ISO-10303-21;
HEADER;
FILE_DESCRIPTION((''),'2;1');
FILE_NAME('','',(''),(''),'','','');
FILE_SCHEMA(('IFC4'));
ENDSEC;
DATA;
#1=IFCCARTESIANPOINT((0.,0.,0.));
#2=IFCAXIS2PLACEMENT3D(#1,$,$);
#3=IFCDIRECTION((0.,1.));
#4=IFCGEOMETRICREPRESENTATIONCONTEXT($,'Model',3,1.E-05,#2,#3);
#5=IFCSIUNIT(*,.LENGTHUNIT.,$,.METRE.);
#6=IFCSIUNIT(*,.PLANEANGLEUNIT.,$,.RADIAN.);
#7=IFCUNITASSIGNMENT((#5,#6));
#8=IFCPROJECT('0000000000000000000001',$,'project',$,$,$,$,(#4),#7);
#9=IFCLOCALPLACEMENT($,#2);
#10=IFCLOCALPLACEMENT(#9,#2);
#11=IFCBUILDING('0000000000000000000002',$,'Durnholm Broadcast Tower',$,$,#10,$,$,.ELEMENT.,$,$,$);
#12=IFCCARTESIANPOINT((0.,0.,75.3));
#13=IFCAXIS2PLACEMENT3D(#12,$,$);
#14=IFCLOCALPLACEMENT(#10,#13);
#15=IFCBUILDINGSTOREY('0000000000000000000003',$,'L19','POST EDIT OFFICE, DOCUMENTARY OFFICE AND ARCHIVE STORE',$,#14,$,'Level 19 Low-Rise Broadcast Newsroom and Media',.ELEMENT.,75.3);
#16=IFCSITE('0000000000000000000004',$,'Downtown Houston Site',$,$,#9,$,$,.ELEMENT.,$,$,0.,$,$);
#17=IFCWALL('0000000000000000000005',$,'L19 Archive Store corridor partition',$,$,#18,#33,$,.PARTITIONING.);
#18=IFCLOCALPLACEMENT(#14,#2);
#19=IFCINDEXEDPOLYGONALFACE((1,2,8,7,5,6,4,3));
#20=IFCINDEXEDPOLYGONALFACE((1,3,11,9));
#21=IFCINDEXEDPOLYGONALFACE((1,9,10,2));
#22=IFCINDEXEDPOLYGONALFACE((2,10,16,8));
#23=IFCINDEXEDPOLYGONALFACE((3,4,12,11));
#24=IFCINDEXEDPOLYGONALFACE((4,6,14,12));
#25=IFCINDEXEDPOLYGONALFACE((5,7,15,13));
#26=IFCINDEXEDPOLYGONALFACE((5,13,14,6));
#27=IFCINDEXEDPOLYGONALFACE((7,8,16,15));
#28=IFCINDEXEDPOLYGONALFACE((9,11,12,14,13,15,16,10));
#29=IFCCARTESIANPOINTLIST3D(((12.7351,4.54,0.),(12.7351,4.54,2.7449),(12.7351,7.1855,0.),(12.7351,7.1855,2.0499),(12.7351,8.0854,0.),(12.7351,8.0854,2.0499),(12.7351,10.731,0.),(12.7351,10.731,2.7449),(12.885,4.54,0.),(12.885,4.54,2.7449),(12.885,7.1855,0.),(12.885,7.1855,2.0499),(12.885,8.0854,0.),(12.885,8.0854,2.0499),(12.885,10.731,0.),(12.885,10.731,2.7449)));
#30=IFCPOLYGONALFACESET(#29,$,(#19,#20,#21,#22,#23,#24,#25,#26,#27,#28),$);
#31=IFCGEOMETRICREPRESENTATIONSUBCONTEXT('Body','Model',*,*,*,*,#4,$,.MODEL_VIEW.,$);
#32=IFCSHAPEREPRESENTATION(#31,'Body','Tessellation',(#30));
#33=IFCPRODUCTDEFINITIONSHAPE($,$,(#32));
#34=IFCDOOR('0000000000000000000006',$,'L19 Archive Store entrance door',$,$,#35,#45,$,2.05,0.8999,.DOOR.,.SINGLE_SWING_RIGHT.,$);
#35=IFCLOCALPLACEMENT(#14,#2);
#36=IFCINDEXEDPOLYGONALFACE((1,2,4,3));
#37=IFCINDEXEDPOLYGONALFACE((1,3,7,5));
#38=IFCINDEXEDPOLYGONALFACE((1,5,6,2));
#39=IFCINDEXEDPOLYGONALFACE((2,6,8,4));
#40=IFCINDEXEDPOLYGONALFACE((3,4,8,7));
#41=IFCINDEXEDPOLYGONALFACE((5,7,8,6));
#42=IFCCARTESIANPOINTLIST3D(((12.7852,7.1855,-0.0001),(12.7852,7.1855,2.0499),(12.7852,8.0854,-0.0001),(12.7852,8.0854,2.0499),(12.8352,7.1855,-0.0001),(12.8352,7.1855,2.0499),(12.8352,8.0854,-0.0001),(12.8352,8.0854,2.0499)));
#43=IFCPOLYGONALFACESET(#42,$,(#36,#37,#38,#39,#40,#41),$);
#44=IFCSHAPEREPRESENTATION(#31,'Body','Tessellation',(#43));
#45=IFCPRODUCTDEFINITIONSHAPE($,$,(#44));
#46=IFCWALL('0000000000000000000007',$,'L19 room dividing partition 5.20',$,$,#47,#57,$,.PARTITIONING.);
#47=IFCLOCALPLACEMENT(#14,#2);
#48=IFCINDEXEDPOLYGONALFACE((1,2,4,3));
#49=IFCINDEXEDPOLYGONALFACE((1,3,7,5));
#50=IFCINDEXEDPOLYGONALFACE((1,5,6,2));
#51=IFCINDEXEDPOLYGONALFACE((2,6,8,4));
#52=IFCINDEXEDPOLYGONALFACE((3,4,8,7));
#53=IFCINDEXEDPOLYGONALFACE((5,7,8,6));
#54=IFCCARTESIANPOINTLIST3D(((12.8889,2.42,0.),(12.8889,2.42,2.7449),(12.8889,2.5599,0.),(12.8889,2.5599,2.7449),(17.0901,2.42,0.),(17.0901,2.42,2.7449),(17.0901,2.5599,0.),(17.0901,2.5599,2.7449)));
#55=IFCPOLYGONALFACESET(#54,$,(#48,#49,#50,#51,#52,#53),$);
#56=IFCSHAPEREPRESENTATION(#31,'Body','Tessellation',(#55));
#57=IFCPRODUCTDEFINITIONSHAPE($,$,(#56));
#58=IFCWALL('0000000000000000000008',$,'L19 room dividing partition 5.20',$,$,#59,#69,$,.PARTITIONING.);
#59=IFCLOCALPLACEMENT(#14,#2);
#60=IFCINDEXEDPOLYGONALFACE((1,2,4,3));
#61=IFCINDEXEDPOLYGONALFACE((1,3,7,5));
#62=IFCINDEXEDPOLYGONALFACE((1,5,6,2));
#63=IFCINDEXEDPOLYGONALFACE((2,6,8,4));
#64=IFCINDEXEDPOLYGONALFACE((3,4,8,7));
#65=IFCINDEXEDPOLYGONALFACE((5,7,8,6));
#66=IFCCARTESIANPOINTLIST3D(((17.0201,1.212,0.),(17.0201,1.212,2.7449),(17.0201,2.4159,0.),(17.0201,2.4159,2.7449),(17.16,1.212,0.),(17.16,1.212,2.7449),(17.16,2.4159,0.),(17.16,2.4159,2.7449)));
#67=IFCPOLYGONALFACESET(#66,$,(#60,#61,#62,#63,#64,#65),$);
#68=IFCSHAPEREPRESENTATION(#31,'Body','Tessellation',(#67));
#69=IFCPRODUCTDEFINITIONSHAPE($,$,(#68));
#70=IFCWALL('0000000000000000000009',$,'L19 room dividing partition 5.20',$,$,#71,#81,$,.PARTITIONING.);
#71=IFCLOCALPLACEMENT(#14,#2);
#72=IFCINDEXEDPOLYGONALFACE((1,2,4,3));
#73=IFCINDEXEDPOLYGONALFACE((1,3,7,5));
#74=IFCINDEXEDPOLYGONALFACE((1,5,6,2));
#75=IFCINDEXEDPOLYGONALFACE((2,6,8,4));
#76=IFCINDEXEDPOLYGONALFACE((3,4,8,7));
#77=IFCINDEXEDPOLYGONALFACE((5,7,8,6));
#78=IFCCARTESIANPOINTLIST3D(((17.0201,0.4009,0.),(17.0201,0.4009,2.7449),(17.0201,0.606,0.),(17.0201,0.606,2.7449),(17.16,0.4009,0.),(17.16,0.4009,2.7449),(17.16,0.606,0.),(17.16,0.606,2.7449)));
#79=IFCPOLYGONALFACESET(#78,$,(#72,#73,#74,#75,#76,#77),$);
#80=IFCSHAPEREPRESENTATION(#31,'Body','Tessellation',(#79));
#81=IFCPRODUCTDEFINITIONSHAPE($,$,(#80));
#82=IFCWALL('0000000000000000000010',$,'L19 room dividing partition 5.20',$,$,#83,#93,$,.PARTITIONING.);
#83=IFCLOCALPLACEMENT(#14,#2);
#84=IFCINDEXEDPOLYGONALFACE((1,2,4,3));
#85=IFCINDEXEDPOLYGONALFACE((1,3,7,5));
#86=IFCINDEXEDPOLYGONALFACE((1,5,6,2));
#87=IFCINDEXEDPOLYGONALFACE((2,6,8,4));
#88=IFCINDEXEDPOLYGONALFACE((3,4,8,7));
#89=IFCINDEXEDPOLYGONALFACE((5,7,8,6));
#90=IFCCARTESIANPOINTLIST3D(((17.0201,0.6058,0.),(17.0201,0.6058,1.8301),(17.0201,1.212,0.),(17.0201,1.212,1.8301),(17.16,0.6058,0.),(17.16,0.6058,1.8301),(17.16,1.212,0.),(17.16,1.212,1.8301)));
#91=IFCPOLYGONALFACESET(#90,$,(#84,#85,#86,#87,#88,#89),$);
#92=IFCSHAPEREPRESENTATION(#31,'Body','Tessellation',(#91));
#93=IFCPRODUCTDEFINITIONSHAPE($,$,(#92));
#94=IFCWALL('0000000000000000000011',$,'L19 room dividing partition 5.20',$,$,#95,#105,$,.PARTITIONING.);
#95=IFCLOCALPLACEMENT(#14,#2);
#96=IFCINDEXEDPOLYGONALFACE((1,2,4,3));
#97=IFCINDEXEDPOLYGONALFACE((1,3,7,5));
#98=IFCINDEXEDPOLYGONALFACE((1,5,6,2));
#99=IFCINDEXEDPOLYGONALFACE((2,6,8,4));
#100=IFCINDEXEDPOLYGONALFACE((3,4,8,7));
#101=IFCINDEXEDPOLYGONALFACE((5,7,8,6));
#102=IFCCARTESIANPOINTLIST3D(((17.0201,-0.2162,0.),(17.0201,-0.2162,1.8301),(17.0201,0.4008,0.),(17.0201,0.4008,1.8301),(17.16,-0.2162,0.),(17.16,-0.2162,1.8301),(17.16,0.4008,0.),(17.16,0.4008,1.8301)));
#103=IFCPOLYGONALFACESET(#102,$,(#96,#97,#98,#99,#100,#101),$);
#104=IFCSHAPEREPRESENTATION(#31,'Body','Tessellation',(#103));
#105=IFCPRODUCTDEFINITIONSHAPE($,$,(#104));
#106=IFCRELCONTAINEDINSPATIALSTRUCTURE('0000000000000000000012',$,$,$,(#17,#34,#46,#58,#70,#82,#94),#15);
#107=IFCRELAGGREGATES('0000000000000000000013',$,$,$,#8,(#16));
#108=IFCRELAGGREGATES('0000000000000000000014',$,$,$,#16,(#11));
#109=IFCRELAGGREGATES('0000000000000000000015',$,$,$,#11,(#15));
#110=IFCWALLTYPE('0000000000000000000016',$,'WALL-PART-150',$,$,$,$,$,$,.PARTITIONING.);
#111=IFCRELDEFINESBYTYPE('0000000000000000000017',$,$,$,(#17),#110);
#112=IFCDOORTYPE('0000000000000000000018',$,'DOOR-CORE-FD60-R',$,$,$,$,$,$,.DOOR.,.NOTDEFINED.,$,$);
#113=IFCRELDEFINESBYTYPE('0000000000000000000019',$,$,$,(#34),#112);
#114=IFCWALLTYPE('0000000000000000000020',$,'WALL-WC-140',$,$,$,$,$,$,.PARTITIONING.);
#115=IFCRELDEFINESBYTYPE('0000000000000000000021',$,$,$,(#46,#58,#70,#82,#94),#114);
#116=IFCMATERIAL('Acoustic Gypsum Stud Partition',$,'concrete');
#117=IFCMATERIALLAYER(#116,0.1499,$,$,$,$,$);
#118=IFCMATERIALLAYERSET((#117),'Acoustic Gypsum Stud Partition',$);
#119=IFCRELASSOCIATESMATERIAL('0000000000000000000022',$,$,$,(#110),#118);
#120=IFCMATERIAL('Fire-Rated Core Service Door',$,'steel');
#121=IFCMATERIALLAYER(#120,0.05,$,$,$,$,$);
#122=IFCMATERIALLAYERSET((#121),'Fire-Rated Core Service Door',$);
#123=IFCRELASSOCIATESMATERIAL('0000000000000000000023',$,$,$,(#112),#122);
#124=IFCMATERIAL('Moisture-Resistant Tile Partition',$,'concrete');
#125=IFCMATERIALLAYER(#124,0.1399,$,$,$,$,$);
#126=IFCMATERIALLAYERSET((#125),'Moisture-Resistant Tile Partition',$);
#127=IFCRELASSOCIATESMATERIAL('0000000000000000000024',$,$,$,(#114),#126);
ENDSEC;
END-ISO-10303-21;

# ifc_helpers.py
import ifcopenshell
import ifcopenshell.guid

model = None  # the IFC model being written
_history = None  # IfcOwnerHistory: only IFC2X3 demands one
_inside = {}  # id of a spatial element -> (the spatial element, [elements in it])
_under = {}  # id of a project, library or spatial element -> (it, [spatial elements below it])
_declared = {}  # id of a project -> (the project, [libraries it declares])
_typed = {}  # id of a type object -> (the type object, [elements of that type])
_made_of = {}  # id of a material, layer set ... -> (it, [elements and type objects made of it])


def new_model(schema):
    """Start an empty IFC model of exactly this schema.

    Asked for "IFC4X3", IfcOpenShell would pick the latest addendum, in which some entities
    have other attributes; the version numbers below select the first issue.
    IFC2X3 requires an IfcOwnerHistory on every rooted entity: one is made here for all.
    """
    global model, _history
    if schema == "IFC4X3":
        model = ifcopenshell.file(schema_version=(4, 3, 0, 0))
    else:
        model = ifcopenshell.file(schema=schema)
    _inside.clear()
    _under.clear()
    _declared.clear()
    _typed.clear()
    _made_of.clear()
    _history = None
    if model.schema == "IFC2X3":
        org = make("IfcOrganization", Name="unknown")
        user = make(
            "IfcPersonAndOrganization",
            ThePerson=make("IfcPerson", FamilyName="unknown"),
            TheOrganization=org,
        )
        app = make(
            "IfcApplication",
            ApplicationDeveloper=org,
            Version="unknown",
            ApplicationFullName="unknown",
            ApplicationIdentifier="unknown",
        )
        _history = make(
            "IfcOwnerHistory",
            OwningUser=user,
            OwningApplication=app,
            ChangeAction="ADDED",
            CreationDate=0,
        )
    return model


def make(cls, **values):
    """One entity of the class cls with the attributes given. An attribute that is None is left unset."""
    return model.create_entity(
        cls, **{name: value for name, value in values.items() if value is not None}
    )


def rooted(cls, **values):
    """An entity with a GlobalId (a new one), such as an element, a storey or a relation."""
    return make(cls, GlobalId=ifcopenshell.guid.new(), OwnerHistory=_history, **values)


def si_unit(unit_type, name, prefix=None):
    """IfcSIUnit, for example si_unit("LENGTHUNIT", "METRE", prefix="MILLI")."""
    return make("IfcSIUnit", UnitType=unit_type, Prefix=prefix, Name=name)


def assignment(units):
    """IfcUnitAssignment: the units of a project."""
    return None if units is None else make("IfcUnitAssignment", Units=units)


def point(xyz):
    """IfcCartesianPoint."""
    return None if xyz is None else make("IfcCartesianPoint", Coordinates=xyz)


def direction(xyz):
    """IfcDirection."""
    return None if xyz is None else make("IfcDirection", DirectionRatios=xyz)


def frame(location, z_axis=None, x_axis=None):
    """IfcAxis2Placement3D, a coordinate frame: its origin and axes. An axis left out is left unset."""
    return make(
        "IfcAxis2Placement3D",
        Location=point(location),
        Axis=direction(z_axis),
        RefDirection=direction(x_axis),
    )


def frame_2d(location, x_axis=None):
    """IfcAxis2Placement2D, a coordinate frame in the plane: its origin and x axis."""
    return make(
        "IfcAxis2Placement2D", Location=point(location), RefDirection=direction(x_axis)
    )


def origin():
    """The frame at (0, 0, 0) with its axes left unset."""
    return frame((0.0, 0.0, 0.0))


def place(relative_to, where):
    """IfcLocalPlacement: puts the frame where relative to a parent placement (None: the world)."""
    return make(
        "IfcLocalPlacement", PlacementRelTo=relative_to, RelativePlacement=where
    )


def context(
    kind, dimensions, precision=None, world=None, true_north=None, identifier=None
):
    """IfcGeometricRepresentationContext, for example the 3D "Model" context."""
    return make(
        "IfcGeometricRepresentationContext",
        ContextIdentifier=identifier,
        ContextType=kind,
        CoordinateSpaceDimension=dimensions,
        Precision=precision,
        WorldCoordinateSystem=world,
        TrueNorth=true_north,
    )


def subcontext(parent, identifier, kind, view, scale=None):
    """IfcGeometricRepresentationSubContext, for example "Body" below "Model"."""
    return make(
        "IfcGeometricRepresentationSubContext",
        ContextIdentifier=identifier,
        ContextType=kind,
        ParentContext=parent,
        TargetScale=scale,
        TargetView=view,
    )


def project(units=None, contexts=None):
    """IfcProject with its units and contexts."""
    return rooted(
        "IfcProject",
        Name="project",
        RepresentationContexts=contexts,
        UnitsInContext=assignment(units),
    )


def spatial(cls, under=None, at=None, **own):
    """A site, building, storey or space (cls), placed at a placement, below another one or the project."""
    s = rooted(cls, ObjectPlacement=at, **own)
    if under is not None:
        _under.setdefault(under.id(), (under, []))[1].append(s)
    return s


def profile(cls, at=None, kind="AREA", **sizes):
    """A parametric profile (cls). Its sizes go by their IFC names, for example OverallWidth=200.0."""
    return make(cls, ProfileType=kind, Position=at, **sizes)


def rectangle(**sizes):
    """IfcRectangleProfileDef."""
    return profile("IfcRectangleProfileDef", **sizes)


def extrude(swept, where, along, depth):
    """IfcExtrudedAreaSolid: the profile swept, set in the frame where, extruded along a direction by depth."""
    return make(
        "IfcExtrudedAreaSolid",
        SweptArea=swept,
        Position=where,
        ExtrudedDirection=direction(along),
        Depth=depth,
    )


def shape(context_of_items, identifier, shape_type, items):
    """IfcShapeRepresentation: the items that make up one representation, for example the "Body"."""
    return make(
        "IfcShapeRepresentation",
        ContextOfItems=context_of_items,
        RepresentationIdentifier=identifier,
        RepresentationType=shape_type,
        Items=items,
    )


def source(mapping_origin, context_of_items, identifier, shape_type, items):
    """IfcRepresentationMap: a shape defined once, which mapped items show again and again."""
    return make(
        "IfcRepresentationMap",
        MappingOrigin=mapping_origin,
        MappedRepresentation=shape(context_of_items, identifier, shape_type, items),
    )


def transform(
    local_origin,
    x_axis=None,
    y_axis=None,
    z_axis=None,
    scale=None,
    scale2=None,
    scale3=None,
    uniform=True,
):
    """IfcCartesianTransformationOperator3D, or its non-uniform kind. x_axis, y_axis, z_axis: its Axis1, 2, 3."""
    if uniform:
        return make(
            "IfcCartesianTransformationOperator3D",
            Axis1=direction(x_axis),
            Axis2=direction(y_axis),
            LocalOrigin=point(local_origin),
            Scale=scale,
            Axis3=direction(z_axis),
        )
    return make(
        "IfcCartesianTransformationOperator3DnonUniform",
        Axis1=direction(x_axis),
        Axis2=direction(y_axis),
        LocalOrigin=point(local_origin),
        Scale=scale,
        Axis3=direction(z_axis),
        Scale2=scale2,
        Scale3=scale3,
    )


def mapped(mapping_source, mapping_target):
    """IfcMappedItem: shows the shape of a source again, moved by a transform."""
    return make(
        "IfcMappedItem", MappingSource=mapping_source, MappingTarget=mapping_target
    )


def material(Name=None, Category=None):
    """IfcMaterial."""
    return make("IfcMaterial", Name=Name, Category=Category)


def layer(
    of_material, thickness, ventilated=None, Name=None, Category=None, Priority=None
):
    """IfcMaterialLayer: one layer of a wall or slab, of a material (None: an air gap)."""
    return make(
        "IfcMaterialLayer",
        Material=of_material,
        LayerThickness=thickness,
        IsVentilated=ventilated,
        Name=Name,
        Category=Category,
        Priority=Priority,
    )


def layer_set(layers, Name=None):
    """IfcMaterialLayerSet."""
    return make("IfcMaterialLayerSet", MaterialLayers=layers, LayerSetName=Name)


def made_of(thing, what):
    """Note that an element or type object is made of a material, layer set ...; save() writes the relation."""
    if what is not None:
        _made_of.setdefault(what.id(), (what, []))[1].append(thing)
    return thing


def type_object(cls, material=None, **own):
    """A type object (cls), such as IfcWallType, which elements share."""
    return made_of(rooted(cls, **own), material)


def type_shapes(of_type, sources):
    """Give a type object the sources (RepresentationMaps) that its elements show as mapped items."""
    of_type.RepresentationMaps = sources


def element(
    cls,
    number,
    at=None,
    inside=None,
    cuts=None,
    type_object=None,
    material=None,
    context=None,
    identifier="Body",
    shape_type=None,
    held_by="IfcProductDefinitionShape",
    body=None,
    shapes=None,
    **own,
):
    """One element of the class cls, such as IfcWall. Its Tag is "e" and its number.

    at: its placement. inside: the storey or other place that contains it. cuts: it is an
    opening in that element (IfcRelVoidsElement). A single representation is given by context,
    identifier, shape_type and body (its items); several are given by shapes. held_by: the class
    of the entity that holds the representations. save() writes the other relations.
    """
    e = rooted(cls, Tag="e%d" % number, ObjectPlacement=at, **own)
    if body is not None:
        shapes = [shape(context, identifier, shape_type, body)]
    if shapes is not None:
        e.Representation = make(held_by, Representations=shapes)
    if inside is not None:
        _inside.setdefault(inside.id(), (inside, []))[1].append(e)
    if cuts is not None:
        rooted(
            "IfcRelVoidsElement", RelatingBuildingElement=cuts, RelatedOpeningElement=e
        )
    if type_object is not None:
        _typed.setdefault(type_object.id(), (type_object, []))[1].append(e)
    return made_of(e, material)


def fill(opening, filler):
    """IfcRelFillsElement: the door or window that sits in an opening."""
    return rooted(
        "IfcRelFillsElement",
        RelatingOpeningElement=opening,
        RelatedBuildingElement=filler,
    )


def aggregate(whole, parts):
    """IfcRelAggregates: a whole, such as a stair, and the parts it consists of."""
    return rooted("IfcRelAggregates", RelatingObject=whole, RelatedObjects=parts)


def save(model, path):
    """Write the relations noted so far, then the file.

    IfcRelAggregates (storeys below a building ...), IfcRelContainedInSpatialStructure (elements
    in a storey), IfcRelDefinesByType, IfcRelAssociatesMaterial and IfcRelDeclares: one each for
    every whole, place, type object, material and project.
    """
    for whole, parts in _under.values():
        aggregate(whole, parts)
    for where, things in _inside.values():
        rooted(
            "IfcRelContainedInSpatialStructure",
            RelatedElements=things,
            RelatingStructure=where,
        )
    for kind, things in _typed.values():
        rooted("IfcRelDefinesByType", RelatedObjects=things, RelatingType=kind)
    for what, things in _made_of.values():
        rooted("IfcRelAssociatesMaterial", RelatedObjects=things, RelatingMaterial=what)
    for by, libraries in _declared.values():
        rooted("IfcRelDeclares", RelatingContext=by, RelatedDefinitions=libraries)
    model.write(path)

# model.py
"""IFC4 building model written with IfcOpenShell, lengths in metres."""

from ifc_helpers import new_model, si_unit, direction, frame, frame_2d, origin, place, context, subcontext, project, spatial, rectangle, extrude, source, transform, mapped, material, layer, layer_set, type_object, type_shapes, element, fill, save


model = new_model("IFC4")

# Units and contexts
model_context = context("Model", 3, precision=1e-05, world=origin(), true_north=direction((0.0, 1.0)))
body_context = subcontext(model_context, "Body", "Model", "MODEL_VIEW")
ifc_project = project(units=[si_unit("LENGTHUNIT", "METRE"), si_unit("PLANEANGLEUNIT", "RADIAN")], contexts=[model_context])

# Site, building, storey
site_placement = place(None, origin())
site = spatial("IfcSite", under=ifc_project, at=site_placement, Name="Downtown Houston Site", CompositionType="ELEMENT", RefElevation=0.0)
building_placement = place(site_placement, origin())
building = spatial("IfcBuilding", under=site, at=building_placement, Name="Durnholm Broadcast Tower", CompositionType="ELEMENT")
storey_placement = place(building_placement, frame((0.0, 0.0, 75.3)))
storey = spatial("IfcBuildingStorey", under=building, at=storey_placement, Name="L19", Description="POST EDIT OFFICE, DOCUMENTARY OFFICE AND ARCHIVE STORE", LongName="Level 19 Low-Rise Broadcast Newsroom and Media", CompositionType="ELEMENT", Elevation=75.3)

# Shared definitions
ifc_material_1 = material(Name="Acoustic Gypsum Stud Partition", Category="concrete")
ifc_layer_1 = layer(ifc_material_1, 0.1499)
ifc_layer_set_1 = layer_set([ifc_layer_1], Name="Acoustic Gypsum Stud Partition")
wall_type_1 = type_object("IfcWallType", Name="WALL-PART-150", PredefinedType="PARTITIONING", material=ifc_layer_set_1)

# Wall, opening, door
wall_1_placement = place(storey_placement, frame((12.8101, 4.54, 0.0), z_axis=(0.0, 0.0, 1.0), x_axis=(0.0, 1.0, 0.0)))
wall_1 = element("IfcWall", 1, at=wall_1_placement, inside=storey, type_object=wall_type_1, Name="L19 Archive Store corridor partition", PredefinedType="PARTITIONING", context=body_context, shape_type="SweptSolid", body=[
    extrude(rectangle(XDim=6.1909, YDim=0.1499, at=frame_2d((3.0955, 0.0))), origin(), (0.0, 0.0, 1.0), 2.7449),
])
opening_1_placement = place(wall_1_placement, frame((2.6455, 0.0, 0.0)))
opening_1 = element("IfcOpeningElement", 2, at=opening_1_placement, cuts=wall_1, PredefinedType="OPENING", context=body_context, shape_type="SweptSolid", body=[
    extrude(rectangle(XDim=0.8999, YDim=2.05, at=frame_2d((0.45, 1.0249))), frame((0.0, 0.085, 0.0), z_axis=(0.0, -1.0, 0.0), x_axis=(1.0, 0.0, 0.0)), (0.0, 0.0, 1.0), 0.1699),
])
ifc_material_2 = material(Name="Fire-Rated Core Service Door", Category="steel")
ifc_layer_2 = layer(ifc_material_2, 0.05)
ifc_layer_set_2 = layer_set([ifc_layer_2], Name="Fire-Rated Core Service Door")
door_type_1 = type_object("IfcDoorType", Name="DOOR-CORE-FD60-R", OperationType="NOTDEFINED", PredefinedType="DOOR", material=ifc_layer_set_2)
shared_shape_1 = source(origin(), body_context, "Body", "SweptSolid", [
    extrude(rectangle(XDim=0.8999, YDim=2.05, at=frame_2d((0.45, 1.0249))), frame((0.0, 0.0249, 0.0), z_axis=(0.0, -1.0, 0.0), x_axis=(1.0, 0.0, 0.0)), (0.0, 0.0, 1.0), 0.05),
])
type_shapes(door_type_1, [shared_shape_1])
door_1_placement = place(opening_1_placement, origin())
door_1 = element("IfcDoor", 3, at=door_1_placement, inside=storey, type_object=door_type_1, Name="L19 Archive Store entrance door", OperationType="SINGLE_SWING_RIGHT", OverallHeight=2.05, OverallWidth=0.8999, PredefinedType="DOOR", context=body_context, shape_type="MappedRepresentation", body=[
    mapped(shared_shape_1, transform((0.0, 0.0, 0.0), x_axis=(1.0, 0.0, 0.0), y_axis=(0.0, 1.0, 0.0), z_axis=(0.0, 0.0, 1.0), scale=1.0)),
])
fill(opening_1, door_1)

# Walls
ifc_material_3 = material(Name="Moisture-Resistant Tile Partition", Category="concrete")
ifc_layer_3 = layer(ifc_material_3, 0.1399)
ifc_layer_set_3 = layer_set([ifc_layer_3], Name="Moisture-Resistant Tile Partition")
wall_type_2 = type_object("IfcWallType", Name="WALL-WC-140", PredefinedType="PARTITIONING", material=ifc_layer_set_3)
wall_2_placement = place(storey_placement, frame((12.8889, 2.49, 0.0), z_axis=(0.0, 0.0, 1.0), x_axis=(1.0, 0.0, 0.0)))
element("IfcWall", 4, at=wall_2_placement, inside=storey, type_object=wall_type_2, Name="L19 room dividing partition 5.20", PredefinedType="PARTITIONING", context=body_context, shape_type="SweptSolid", body=[
    extrude(rectangle(XDim=4.2012, YDim=0.1399, at=frame_2d((2.1006, 0.0))), origin(), (0.0, 0.0, 1.0), 2.7449),
])
wall_3_placement = place(storey_placement, frame((17.0901, 2.416, 0.0), z_axis=(0.0, 0.0, 1.0), x_axis=(0.0, -1.0, 0.0)))
element("IfcWall", 5, at=wall_3_placement, inside=storey, type_object=wall_type_2, Name="L19 room dividing partition 5.20", PredefinedType="PARTITIONING", context=body_context, shape_type="SweptSolid", body=[
    extrude(rectangle(XDim=1.2039, YDim=0.1399, at=frame_2d((0.6021, 0.0))), origin(), (0.0, 0.0, 1.0), 2.7449),
])
wall_4_placement = place(storey_placement, frame((17.0901, 0.606, 0.0), z_axis=(0.0, 0.0, 1.0), x_axis=(0.0, -1.0, 0.0)))
element("IfcWall", 6, at=wall_4_placement, inside=storey, type_object=wall_type_2, Name="L19 room dividing partition 5.20", PredefinedType="PARTITIONING", context=body_context, shape_type="SweptSolid", body=[
    extrude(rectangle(XDim=0.2051, YDim=0.1399, at=frame_2d((0.1025, 0.0))), origin(), (0.0, 0.0, 1.0), 2.7449),
])
wall_5_placement = place(storey_placement, frame((17.0901, 1.2122, 0.0), z_axis=(0.0, 0.0, 1.0), x_axis=(0.0, -1.0, 0.0)))
element("IfcWall", 7, at=wall_5_placement, inside=storey, type_object=wall_type_2, Name="L19 room dividing partition 5.20", PredefinedType="PARTITIONING", context=body_context, shape_type="SweptSolid", body=[
    extrude(rectangle(XDim=0.6062, YDim=0.1399, at=frame_2d((0.3032, 0.0))), origin(), (0.0, 0.0, 1.0), 1.8301),
])
wall_6_placement = place(storey_placement, frame((17.0901, 0.4009, 0.0), z_axis=(0.0, 0.0, 1.0), x_axis=(0.0, -1.0, 0.0)))
element("IfcWall", 8, at=wall_6_placement, inside=storey, type_object=wall_type_2, Name="L19 room dividing partition 5.20", PredefinedType="PARTITIONING", context=body_context, shape_type="SweptSolid", body=[
    extrude(rectangle(XDim=0.6169, YDim=0.1399, at=frame_2d((0.3086, 0.0))), origin(), (0.0, 0.0, 1.0), 1.8301),
])

save(model, "model.ifc")
